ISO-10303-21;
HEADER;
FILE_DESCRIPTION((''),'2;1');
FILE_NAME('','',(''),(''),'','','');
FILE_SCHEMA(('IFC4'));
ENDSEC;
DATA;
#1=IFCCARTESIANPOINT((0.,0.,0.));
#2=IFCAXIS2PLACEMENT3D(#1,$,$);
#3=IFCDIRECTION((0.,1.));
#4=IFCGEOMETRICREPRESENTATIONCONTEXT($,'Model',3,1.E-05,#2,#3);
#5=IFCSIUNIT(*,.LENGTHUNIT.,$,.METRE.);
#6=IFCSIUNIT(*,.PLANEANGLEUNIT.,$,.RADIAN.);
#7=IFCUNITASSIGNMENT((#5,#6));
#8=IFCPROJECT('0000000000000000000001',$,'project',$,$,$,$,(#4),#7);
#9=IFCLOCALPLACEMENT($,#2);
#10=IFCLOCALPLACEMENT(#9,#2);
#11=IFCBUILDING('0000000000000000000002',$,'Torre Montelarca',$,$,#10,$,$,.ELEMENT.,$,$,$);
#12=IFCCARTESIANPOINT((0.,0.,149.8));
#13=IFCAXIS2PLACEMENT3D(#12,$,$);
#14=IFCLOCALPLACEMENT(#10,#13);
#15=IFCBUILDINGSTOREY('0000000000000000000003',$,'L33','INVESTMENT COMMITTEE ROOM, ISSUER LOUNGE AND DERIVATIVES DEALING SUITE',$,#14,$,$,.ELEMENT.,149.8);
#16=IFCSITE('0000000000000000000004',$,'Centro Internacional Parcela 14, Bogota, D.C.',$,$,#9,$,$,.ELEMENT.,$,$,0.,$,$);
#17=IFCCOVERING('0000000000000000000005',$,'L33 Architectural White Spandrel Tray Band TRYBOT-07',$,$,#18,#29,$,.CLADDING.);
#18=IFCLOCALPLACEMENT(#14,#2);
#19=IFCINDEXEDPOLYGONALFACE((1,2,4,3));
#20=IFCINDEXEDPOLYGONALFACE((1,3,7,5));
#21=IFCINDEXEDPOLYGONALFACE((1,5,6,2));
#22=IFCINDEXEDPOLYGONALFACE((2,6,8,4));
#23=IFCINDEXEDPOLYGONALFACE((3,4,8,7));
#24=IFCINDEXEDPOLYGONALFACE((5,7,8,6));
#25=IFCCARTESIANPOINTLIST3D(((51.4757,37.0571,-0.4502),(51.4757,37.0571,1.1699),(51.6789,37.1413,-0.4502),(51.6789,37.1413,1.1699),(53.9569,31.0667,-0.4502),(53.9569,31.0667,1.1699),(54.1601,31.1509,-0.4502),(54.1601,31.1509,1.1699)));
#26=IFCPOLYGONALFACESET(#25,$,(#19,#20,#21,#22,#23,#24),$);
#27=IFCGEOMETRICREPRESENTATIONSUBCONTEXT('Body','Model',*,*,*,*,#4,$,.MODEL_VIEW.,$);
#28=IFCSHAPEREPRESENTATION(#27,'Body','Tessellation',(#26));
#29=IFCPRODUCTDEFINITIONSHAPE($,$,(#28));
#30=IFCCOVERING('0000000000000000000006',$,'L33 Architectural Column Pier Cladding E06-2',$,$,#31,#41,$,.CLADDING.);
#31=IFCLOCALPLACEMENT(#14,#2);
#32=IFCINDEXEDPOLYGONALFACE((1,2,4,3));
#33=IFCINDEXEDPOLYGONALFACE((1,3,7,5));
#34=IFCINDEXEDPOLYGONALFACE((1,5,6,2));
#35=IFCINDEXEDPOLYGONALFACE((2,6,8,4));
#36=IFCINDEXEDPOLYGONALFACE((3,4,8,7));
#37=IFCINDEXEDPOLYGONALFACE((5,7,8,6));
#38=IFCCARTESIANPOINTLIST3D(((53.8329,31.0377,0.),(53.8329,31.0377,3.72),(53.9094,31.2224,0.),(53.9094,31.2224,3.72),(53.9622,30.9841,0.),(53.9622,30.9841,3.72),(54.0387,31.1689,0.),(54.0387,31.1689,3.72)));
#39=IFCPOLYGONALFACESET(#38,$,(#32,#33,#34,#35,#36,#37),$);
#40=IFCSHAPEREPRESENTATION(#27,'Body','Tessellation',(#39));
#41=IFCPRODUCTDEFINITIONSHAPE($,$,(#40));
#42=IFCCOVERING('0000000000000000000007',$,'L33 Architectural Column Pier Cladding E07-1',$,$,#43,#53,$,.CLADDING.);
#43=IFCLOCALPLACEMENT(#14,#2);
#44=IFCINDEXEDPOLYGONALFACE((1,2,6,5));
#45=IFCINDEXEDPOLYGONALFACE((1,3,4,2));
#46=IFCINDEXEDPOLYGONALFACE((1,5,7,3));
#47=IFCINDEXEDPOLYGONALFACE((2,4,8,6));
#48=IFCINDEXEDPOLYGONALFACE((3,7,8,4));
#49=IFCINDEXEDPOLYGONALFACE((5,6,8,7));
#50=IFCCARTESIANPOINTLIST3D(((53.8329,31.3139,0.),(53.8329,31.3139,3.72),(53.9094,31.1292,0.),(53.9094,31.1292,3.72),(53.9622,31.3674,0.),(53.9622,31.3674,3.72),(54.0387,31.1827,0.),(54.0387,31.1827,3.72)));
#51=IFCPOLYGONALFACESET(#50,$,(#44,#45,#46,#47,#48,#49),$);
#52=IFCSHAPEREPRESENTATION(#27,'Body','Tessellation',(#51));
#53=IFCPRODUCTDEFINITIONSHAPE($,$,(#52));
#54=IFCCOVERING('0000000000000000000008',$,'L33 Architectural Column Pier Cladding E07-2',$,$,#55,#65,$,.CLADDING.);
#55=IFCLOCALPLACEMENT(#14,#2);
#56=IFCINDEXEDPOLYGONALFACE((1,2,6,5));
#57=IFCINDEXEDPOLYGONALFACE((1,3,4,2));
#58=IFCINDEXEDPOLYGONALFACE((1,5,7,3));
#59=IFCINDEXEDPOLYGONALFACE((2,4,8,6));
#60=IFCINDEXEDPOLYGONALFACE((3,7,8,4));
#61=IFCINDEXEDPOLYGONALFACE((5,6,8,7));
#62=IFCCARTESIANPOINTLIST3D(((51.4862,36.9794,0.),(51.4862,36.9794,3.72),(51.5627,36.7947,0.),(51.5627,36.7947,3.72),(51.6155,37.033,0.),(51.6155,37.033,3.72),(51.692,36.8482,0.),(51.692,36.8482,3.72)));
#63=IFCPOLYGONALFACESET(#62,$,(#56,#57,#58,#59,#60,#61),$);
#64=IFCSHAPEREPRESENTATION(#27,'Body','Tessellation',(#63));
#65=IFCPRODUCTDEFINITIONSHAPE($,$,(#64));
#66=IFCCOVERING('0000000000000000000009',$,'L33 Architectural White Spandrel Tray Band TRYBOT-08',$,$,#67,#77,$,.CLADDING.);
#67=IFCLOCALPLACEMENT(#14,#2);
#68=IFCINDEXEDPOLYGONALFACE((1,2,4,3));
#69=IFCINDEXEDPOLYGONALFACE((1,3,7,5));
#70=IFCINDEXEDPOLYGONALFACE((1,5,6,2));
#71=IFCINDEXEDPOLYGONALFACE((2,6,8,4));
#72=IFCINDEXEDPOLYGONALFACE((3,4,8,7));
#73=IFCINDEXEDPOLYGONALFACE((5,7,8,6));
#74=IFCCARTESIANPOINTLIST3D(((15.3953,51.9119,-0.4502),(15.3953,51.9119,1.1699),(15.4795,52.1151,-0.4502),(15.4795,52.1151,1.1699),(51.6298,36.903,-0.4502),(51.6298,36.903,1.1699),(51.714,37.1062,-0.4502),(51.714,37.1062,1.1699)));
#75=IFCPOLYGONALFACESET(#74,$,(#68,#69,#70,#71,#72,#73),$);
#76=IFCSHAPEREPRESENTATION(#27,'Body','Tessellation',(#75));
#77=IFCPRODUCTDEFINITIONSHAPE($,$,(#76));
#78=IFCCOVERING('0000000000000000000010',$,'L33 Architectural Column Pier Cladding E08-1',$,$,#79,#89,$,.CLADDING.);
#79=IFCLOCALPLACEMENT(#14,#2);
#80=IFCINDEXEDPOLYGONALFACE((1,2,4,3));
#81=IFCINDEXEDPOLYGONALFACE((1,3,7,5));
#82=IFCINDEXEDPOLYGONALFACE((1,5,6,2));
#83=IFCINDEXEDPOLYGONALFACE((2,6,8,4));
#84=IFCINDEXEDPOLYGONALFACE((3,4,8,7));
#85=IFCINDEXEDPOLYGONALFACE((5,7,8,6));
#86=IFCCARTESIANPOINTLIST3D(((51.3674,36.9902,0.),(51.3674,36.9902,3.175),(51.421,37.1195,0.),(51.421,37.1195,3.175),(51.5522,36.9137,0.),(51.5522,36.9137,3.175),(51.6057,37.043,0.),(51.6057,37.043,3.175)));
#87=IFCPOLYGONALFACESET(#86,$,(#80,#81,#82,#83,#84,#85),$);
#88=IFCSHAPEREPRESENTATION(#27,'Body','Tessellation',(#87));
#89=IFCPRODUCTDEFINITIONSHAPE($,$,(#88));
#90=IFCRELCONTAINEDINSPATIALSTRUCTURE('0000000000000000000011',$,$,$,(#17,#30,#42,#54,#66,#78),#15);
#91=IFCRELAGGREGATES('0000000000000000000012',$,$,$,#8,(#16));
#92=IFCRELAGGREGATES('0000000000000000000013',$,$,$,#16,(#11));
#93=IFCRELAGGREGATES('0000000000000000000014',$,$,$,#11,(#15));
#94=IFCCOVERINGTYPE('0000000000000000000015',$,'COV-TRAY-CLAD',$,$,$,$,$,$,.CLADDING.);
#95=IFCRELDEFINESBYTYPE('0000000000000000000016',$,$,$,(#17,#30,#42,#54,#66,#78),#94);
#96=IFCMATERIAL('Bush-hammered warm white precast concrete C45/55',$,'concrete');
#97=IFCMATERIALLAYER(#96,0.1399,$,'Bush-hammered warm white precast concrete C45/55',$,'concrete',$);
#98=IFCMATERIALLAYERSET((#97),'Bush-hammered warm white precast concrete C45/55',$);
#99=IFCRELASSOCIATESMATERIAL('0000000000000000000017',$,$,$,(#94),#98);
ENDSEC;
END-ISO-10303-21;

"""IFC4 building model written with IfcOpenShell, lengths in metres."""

from ifc_helpers import new_model, si_unit, direction, frame, origin, origin_2d, place, context, subcontext, project, spatial, rectangle, extrude, source, transform, mapped, material, layer, layer_set, type_object, element, save


model = new_model("IFC4")

# Units and contexts
model_context = context("Model", 3, precision=1e-05, world=origin(), true_north=direction((0.0, 1.0)))
body_context = subcontext(model_context, "Body", "Model", "MODEL_VIEW")
ifc_project = project(units=[si_unit("LENGTHUNIT", "METRE"), si_unit("PLANEANGLEUNIT", "RADIAN")], contexts=[model_context])

# Site, building, storey
site_placement = place(None, origin())
site = spatial("IfcSite", under=ifc_project, at=site_placement, Name="Centro Internacional Parcela 14, Bogota, D.C.", CompositionType="ELEMENT", RefElevation=0.0)
building_placement = place(site_placement, origin())
building = spatial("IfcBuilding", under=site, at=building_placement, Name="Torre Montelarca", CompositionType="ELEMENT")
storey_placement = place(building_placement, frame((0.0, 0.0, 149.8)))
storey = spatial("IfcBuildingStorey", under=building, at=storey_placement, Name="L33", Description="INVESTMENT COMMITTEE ROOM, ISSUER LOUNGE AND DERIVATIVES DEALING SUITE", CompositionType="ELEMENT", Elevation=149.8)

# Coverings
ifc_material_1 = material(Name="Bush-hammered warm white precast concrete C45/55", Category="concrete")
ifc_layer_1 = layer(ifc_material_1, 0.1399, Name="Bush-hammered warm white precast concrete C45/55", Category="concrete")
ifc_layer_set_1 = layer_set([ifc_layer_1], Name="Bush-hammered warm white precast concrete C45/55")
covering_type = type_object("IfcCoveringType", Name="COV-TRAY-CLAD", PredefinedType="CLADDING", material=ifc_layer_set_1)
shared_shape_1 = source(origin(), body_context, "Body", "SweptSolid", [
    extrude(rectangle(XDim=6.4839, YDim=0.22, at=origin_2d()), origin(), (0.0, 0.0, 1.0), 1.6201),
])
covering_1_placement = place(storey_placement, frame((52.8179, 34.104, -0.4502), z_axis=(0.0, 0.0, 1.0), x_axis=(-0.382674, 0.923884, 0.0)))
element("IfcCovering", 1, at=covering_1_placement, inside=storey, type_object=covering_type, Name="L33 Architectural White Spandrel Tray Band TRYBOT-07", PredefinedType="CLADDING", context=body_context, shape_type="MappedRepresentation", body=[
    mapped(shared_shape_1, transform((0.0, 0.0, 0.0), scale=1.0)),
])
shared_shape_2 = source(origin(), body_context, "Body", "SweptSolid", [
    extrude(rectangle(XDim=0.2, YDim=0.1399, at=origin_2d()), origin(), (0.0, 0.0, 1.0), 3.72),
])
for number, where, z_axis, x_axis, name in (
    (2, (53.9358, 31.1033, 0.0), (0.0, 0.0, 1.0), (0.382682, 0.92388, 0.0), "L33 Architectural Column Pier Cladding E06-2"),
    (3, (53.9358, 31.2483, 0.0), (0.0, 0.0, 1.0), (-0.382675, 0.923883, 0.0), "L33 Architectural Column Pier Cladding E07-1"),
    (4, (51.5891, 36.9138, 0.0), (0.0, 0.0, 1.0), (-0.382675, 0.923883, 0.0), "L33 Architectural Column Pier Cladding E07-2"),
):
    element("IfcCovering", number, at=place(storey_placement, frame(where, z_axis=z_axis, x_axis=x_axis)), inside=storey, type_object=covering_type, Name=name, PredefinedType="CLADDING", context=body_context, shape_type="MappedRepresentation", body=[
        mapped(shared_shape_2, transform((0.0, 0.0, 0.0), scale=1.0)),
    ])
shared_shape_3 = source(origin(), body_context, "Body", "SweptSolid", [
    extrude(rectangle(XDim=39.22, YDim=0.22, at=origin_2d()), origin(), (0.0, 0.0, 1.0), 1.6201),
])
covering_2_placement = place(storey_placement, frame((33.5547, 44.509, -0.4502), z_axis=(0.0, 0.0, 1.0), x_axis=(-0.923879, 0.382685, 0.0)))
element("IfcCovering", 5, at=covering_2_placement, inside=storey, type_object=covering_type, Name="L33 Architectural White Spandrel Tray Band TRYBOT-08", PredefinedType="CLADDING", context=body_context, shape_type="MappedRepresentation", body=[
    mapped(shared_shape_3, transform((0.0, 0.0, 0.0), scale=1.0)),
])
shared_shape_4 = source(origin(), body_context, "Body", "SweptSolid", [
    extrude(rectangle(XDim=0.2, YDim=0.1399, at=origin_2d()), origin(), (0.0, 0.0, 1.0), 3.175),
])
covering_3_placement = place(storey_placement, frame((51.4866, 37.0166, 0.0), z_axis=(0.0, 0.0, 1.0), x_axis=(-0.923879, 0.382685, 0.0)))
element("IfcCovering", 6, at=covering_3_placement, inside=storey, type_object=covering_type, Name="L33 Architectural Column Pier Cladding E08-1", PredefinedType="CLADDING", context=body_context, shape_type="MappedRepresentation", body=[
    mapped(shared_shape_4, transform((0.0, 0.0, 0.0), scale=1.0)),
])

save(model, "model.ifc")
